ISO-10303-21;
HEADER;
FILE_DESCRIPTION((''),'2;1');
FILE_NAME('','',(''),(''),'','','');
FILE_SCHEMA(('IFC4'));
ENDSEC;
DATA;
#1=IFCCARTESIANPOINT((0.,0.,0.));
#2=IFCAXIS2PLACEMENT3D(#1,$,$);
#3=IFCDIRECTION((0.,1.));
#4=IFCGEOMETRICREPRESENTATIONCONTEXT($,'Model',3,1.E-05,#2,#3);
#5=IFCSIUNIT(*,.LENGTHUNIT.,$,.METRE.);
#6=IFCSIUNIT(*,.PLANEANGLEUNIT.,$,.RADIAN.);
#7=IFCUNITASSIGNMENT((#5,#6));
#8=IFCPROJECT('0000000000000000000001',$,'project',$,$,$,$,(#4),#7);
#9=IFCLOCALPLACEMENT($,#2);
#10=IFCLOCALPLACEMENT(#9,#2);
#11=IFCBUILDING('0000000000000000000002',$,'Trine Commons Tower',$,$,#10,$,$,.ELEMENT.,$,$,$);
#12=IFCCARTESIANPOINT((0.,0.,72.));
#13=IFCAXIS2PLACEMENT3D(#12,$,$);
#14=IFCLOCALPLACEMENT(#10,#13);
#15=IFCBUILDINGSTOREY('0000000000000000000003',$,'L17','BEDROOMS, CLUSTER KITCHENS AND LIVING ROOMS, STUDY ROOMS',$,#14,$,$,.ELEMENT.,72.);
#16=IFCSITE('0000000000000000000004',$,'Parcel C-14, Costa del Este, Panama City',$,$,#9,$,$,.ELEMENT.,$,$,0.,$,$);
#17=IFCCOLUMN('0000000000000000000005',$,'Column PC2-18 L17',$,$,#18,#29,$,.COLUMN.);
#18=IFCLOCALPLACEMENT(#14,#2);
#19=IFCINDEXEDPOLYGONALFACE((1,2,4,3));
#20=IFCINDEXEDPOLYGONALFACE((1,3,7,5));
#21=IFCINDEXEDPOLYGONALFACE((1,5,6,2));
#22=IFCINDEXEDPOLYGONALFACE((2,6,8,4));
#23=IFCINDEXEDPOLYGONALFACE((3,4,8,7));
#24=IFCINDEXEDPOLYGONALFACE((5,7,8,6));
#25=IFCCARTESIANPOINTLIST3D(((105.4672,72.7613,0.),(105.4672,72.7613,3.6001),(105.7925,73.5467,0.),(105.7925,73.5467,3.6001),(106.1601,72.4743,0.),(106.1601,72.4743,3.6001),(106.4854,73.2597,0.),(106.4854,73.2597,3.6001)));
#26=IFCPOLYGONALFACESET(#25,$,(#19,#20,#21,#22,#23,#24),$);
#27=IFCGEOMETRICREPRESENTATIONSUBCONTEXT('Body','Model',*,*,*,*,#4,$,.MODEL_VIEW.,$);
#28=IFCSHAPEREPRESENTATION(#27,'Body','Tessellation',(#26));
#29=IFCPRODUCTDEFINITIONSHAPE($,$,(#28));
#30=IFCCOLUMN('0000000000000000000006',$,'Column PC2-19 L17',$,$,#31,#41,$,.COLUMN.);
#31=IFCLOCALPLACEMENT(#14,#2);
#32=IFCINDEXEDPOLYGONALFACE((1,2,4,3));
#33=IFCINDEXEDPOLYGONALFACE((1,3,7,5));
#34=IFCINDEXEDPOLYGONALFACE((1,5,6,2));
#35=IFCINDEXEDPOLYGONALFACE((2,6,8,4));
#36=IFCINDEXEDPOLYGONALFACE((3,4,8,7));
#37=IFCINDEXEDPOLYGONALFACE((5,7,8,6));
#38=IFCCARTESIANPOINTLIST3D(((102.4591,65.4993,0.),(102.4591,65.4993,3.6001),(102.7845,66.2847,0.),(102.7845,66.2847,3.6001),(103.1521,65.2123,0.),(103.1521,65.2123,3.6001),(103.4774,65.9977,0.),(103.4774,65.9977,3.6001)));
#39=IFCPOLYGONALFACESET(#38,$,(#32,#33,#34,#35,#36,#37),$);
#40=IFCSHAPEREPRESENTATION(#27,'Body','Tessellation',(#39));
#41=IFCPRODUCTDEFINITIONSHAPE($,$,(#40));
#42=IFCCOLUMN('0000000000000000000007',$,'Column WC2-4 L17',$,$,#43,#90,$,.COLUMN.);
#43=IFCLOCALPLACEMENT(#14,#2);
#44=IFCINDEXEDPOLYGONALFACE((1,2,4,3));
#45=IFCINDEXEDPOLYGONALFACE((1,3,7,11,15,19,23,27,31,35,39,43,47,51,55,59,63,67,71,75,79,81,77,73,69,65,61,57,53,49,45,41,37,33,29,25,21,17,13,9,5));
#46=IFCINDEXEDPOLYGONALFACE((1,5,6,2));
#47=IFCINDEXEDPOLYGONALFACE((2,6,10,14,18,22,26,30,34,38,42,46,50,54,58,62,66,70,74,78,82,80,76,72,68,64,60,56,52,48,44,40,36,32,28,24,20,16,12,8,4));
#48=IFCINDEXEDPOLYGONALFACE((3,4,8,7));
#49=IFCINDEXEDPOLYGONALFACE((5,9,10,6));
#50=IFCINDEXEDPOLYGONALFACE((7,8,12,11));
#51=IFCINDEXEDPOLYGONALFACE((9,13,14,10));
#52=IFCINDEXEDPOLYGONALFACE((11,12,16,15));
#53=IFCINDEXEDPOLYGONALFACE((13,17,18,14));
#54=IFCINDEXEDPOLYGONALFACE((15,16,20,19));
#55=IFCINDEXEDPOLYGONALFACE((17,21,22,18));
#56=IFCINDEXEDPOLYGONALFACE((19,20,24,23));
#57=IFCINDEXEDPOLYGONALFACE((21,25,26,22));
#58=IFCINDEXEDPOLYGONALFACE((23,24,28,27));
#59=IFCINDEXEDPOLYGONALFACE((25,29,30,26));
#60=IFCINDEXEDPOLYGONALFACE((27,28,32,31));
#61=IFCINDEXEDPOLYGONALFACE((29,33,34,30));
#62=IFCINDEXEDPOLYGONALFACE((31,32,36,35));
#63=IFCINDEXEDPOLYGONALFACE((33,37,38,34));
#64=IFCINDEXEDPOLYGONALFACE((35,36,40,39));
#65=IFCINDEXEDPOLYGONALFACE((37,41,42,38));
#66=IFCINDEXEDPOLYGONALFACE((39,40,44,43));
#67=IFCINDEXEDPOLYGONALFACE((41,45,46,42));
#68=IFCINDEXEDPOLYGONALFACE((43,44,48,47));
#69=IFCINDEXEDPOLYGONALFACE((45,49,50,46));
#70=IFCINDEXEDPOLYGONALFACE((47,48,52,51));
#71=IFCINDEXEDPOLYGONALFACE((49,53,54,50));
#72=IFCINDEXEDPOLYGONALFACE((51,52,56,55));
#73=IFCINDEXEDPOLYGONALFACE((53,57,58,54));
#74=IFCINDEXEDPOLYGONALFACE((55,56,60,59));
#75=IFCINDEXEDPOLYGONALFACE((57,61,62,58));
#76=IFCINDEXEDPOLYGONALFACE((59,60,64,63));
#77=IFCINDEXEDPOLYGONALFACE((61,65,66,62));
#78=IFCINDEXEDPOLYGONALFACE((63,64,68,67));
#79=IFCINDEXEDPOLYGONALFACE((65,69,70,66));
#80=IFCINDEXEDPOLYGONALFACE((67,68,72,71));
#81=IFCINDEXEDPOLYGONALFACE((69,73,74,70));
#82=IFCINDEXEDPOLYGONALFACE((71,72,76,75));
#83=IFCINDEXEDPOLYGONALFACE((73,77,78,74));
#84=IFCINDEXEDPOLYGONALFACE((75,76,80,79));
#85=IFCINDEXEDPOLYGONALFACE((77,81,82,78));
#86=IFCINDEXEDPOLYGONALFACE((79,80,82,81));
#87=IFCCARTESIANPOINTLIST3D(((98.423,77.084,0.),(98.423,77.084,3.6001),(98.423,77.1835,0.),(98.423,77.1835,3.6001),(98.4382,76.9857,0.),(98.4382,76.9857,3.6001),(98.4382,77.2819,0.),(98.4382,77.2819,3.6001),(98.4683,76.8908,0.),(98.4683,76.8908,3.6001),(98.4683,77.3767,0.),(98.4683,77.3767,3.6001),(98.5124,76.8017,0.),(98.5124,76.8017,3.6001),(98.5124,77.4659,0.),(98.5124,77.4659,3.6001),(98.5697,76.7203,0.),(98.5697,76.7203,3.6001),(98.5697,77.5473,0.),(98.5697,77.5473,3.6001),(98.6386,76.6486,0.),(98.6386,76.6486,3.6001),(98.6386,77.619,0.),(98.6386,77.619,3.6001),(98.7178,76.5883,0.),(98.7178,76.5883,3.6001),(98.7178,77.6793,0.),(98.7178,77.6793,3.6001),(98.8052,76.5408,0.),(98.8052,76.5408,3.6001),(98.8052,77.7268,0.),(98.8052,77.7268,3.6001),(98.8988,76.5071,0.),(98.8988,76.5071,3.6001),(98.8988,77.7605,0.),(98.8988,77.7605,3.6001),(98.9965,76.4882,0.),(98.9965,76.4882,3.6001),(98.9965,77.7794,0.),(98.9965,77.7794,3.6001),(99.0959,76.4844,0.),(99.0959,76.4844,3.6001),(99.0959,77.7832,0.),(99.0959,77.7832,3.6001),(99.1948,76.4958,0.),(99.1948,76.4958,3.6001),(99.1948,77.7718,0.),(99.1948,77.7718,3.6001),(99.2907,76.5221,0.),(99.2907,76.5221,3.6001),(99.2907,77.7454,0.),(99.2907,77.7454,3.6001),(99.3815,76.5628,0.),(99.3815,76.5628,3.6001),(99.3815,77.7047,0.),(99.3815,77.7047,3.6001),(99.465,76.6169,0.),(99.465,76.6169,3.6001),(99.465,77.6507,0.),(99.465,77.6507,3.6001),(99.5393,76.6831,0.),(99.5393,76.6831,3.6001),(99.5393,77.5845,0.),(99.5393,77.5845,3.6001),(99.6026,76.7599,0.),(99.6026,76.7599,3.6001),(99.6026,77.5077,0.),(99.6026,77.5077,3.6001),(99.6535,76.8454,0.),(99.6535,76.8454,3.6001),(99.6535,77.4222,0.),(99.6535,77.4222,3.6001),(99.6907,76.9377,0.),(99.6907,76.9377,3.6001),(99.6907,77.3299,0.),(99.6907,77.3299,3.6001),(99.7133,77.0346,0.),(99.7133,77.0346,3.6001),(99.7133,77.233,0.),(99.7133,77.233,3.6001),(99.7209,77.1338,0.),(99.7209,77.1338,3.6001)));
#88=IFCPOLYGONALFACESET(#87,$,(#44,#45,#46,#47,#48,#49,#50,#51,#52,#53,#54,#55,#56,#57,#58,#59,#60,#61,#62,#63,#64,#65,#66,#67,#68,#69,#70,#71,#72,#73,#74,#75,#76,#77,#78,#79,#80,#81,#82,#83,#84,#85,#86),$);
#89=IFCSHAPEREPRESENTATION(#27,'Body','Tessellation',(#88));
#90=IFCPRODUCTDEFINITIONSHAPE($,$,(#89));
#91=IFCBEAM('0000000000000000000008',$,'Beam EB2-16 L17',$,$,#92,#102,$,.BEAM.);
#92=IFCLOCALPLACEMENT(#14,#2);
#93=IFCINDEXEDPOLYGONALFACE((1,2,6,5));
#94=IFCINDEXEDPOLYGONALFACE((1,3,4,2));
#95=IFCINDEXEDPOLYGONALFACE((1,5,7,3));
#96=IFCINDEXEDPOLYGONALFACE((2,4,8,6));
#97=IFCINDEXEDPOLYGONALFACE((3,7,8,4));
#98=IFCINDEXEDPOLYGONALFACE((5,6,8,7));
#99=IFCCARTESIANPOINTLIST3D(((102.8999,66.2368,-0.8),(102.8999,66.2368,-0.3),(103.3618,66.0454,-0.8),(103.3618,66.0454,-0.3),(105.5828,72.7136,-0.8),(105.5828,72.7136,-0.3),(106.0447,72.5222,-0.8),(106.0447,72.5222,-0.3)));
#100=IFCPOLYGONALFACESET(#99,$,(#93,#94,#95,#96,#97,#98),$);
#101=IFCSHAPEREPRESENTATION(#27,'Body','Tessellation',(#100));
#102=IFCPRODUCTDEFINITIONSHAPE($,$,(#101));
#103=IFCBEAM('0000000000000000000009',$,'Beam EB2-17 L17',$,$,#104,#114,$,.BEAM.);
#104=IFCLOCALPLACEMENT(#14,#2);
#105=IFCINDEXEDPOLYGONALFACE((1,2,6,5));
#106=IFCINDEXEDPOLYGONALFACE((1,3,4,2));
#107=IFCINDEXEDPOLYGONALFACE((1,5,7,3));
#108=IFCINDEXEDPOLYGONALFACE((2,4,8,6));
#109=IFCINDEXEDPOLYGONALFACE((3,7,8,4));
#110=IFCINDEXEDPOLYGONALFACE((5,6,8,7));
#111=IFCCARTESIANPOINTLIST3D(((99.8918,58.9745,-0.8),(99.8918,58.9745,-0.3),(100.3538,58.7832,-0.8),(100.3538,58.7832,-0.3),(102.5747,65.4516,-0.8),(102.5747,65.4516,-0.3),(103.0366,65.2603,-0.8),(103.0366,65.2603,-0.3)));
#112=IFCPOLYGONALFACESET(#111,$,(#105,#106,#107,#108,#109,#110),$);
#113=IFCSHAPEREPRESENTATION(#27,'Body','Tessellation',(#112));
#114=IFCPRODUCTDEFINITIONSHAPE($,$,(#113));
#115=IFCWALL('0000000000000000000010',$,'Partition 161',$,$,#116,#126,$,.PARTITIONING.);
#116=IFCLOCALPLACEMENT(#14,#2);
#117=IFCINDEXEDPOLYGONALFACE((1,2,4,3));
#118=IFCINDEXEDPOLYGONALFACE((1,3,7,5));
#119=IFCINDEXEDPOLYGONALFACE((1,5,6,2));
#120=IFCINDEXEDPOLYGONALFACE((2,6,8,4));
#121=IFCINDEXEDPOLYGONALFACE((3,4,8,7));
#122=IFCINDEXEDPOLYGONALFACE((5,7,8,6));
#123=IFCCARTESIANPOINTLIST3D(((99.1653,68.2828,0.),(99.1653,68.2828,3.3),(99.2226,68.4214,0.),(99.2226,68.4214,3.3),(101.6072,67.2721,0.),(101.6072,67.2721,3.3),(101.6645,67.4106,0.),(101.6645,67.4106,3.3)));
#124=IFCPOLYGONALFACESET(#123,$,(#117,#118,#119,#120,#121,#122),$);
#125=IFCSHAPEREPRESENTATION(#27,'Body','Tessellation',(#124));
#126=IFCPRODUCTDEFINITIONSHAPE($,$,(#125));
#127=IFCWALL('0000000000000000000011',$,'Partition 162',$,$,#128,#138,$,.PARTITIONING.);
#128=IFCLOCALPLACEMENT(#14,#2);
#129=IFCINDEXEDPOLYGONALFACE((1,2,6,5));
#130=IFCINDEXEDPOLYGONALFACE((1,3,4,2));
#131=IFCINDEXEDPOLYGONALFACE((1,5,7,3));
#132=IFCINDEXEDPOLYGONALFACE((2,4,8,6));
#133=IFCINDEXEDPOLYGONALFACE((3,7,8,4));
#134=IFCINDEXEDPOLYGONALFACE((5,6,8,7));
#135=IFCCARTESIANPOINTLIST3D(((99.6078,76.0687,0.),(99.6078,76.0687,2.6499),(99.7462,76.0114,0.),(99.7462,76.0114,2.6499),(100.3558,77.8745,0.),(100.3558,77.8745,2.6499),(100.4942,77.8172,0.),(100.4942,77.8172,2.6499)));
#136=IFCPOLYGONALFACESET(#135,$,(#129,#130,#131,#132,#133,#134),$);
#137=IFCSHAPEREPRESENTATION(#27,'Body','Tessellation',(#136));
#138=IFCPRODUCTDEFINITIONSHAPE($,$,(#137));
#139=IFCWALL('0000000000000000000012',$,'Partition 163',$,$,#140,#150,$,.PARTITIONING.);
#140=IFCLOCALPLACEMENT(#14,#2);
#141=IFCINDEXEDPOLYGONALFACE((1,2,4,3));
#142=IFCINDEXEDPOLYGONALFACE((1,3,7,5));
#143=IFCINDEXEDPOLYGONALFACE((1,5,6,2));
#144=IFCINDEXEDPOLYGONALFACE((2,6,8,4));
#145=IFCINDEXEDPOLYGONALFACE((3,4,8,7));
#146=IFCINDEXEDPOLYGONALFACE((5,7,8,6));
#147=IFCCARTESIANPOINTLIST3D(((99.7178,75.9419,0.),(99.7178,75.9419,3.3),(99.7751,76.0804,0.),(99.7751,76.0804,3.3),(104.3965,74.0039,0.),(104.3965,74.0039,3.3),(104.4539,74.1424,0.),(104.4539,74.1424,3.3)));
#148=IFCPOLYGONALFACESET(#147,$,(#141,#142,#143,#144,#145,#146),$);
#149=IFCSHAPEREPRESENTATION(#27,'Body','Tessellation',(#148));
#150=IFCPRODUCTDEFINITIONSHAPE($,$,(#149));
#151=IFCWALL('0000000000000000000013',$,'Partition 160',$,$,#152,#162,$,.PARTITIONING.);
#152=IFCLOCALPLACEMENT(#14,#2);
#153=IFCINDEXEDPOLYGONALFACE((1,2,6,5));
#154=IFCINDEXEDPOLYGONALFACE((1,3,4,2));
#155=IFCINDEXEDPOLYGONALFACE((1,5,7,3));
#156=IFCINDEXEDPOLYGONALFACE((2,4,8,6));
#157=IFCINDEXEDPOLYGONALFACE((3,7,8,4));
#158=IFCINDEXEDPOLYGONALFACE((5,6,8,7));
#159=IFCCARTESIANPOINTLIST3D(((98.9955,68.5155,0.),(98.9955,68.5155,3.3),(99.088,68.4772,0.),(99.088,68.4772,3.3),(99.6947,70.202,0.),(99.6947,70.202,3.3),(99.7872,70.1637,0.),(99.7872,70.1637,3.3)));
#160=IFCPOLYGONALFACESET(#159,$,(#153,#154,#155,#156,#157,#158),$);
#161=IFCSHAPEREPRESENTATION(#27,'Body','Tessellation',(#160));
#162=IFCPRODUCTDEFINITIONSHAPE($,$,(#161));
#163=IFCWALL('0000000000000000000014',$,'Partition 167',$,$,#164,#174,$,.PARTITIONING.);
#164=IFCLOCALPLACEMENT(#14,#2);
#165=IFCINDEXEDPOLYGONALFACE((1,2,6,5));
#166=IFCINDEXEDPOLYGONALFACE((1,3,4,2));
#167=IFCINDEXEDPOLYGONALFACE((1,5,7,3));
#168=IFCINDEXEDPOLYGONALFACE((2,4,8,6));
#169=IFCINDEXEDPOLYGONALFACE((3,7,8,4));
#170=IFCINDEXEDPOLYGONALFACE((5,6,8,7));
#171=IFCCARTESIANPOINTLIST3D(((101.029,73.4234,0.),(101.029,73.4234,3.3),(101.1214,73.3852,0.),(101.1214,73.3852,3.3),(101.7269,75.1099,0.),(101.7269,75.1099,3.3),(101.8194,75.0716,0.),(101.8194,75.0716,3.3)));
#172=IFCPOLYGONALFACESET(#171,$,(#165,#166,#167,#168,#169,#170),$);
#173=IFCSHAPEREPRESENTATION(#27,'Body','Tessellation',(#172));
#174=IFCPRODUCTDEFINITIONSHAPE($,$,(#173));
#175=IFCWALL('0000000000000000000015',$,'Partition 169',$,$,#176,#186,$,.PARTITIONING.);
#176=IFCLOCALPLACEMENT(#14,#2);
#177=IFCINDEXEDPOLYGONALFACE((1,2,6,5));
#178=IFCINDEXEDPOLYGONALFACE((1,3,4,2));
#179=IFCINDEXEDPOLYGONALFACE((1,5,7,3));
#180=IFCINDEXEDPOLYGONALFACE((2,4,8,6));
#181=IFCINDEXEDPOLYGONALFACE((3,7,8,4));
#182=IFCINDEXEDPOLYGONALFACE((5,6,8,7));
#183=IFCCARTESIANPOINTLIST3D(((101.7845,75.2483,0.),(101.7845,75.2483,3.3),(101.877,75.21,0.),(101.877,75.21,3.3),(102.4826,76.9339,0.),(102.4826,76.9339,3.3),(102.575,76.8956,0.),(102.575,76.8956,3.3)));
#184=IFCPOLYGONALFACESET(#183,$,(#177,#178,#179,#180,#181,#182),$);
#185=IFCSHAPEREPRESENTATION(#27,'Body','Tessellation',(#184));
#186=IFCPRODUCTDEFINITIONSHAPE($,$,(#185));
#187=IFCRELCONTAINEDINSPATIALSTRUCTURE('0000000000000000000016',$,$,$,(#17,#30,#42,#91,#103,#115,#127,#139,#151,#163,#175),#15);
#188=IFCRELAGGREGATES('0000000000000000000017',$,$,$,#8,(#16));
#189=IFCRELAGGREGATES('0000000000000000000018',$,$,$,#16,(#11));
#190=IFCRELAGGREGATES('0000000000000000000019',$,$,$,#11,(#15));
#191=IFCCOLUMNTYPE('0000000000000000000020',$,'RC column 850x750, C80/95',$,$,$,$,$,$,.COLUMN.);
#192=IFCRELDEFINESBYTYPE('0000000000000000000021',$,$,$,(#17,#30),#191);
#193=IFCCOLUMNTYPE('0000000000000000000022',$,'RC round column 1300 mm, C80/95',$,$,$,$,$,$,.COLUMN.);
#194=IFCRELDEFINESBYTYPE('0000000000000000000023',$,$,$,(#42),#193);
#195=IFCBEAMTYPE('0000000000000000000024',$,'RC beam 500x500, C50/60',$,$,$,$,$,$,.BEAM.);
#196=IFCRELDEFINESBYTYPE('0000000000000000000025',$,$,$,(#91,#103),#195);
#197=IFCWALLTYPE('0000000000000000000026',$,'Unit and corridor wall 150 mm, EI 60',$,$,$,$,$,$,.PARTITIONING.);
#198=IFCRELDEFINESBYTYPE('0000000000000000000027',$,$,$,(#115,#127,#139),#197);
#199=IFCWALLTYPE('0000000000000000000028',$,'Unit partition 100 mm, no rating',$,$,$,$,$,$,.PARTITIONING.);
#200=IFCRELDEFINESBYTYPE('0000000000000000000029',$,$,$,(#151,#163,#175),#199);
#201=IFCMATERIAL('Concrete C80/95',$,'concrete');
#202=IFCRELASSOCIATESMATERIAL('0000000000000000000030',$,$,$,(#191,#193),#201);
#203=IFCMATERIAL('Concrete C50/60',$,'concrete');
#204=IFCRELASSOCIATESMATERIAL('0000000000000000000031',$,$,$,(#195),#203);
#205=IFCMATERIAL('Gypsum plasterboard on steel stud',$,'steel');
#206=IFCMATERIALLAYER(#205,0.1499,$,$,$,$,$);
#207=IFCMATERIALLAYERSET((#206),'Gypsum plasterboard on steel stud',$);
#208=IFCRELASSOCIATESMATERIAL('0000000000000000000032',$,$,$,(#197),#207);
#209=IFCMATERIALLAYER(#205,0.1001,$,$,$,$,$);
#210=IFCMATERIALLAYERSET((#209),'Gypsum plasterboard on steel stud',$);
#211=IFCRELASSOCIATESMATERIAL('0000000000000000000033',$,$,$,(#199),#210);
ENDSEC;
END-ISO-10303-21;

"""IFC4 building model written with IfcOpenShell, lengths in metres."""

from ifc_helpers import new_model, si_unit, direction, frame, frame_2d, origin, origin_2d, place, context, subcontext, project, spatial, rectangle, circle, extrude, material, layer, layer_set, material_profile, profile_set, type_object, element, save


model = new_model("IFC4")

# Units and contexts
model_context = context("Model", 3, precision=1e-05, world=origin(), true_north=direction((0.0, 1.0)))
body_context = subcontext(model_context, "Body", "Model", "MODEL_VIEW")
ifc_project = project(units=[si_unit("LENGTHUNIT", "METRE"), si_unit("PLANEANGLEUNIT", "RADIAN")], contexts=[model_context])

# Site, building, storey
site_placement = place(None, origin())
site = spatial("IfcSite", under=ifc_project, at=site_placement, Name="Parcel C-14, Costa del Este, Panama City", CompositionType="ELEMENT", RefElevation=0.0)
building_placement = place(site_placement, origin())
building = spatial("IfcBuilding", under=site, at=building_placement, Name="Trine Commons Tower", CompositionType="ELEMENT")
storey_placement = place(building_placement, frame((0.0, 0.0, 72.0)))
storey = spatial("IfcBuildingStorey", under=building, at=storey_placement, Name="L17", Description="BEDROOMS, CLUSTER KITCHENS AND LIVING ROOMS, STUDY ROOMS", CompositionType="ELEMENT", Elevation=72.0)

# Columns
ifc_material_1 = material(Name="Concrete C80/95", Category="concrete")
ifc_material_profile_1 = material_profile(ifc_material_1, rectangle(XDim=0.8501, YDim=0.75, at=origin_2d()), Name="RC 850x750")
ifc_profile_set_1 = profile_set([ifc_material_profile_1], Name="Concrete C80/95")
column_type_1 = type_object("IfcColumnType", Name="RC column 850x750, C80/95", PredefinedType="COLUMN", material=ifc_profile_set_1)
for number, where, z_axis, x_axis, name in (
    (1, (105.9763, 73.0105, 0.0), (0.0, 0.0, 1.0), (0.382683, 0.92388, 0.0), "Column PC2-18 L17"),
    (2, (102.9683, 65.7485, 0.0), (0.0, 0.0, 1.0), (0.382683, 0.92388, 0.0), "Column PC2-19 L17"),
):
    element("IfcColumn", number, at=place(storey_placement, frame(where, z_axis=z_axis, x_axis=x_axis)), inside=storey, type_object=column_type_1, Name=name, PredefinedType="COLUMN", context=body_context, shape_type="SweptSolid", body=[
        extrude(rectangle(XDim=0.8501, YDim=0.75, at=origin_2d()), origin(), (0.0, 0.0, 1.0), 3.6001),
    ])
ifc_material_profile_2 = material_profile(ifc_material_1, circle(Radius=0.6499, at=origin_2d()), Name="RC round 1300")
ifc_profile_set_2 = profile_set([ifc_material_profile_2], Name="Concrete C80/95")
column_type_2 = type_object("IfcColumnType", Name="RC round column 1300 mm, C80/95", PredefinedType="COLUMN", material=ifc_profile_set_2)
column_placement = place(storey_placement, frame((99.071, 77.1338, 0.0), z_axis=(0.0, 0.0, 1.0), x_axis=(1.0, 0.0, 0.0)))
element("IfcColumn", 3, at=column_placement, inside=storey, type_object=column_type_2, Name="Column WC2-4 L17", PredefinedType="COLUMN", context=body_context, shape_type="SweptSolid", body=[
    extrude(circle(Radius=0.6499, at=origin_2d()), origin(), (0.0, 0.0, 1.0), 3.6001),
])

# Beams
ifc_material_2 = material(Name="Concrete C50/60", Category="concrete")
ifc_material_profile_3 = material_profile(ifc_material_2, rectangle(XDim=0.5, YDim=0.5, at=origin_2d()), Name="RC 500x500")
ifc_profile_set_3 = profile_set([ifc_material_profile_3], Name="Concrete C50/60")
beam_type = type_object("IfcBeamType", Name="RC beam 500x500, C50/60", PredefinedType="BEAM", material=ifc_profile_set_3)
beam_1_placement = place(storey_placement, frame((105.8137, 72.6179, -0.55), z_axis=(-0.382693, -0.923875, 0.0), x_axis=(0.923875, -0.382693, 0.0)))
element("IfcBeam", 4, at=beam_1_placement, inside=storey, type_object=beam_type, Name="Beam EB2-16 L17", PredefinedType="BEAM", context=body_context, shape_type="SweptSolid", body=[
    extrude(rectangle(XDim=0.5, YDim=0.5, at=origin_2d()), origin(), (0.0, 0.0, 1.0), 7.0105),
])
beam_2_placement = place(storey_placement, frame((102.8057, 65.356, -0.55), z_axis=(-0.382681, -0.923881, 0.0), x_axis=(0.923881, -0.382681, 0.0)))
element("IfcBeam", 5, at=beam_2_placement, inside=storey, type_object=beam_type, Name="Beam EB2-17 L17", PredefinedType="BEAM", context=body_context, shape_type="SweptSolid", body=[
    extrude(rectangle(XDim=0.5, YDim=0.5, at=origin_2d()), origin(), (0.0, 0.0, 1.0), 7.0107),
])

# Walls
ifc_material_3 = material(Name="Gypsum plasterboard on steel stud", Category="steel")
ifc_layer_1 = layer(ifc_material_3, 0.1499)
ifc_layer_set_1 = layer_set([ifc_layer_1], Name="Gypsum plasterboard on steel stud")
wall_type_1 = type_object("IfcWallType", Name="Unit and corridor wall 150 mm, EI 60", PredefinedType="PARTITIONING", material=ifc_layer_set_1)
wall_1_placement = place(storey_placement, frame((99.1941, 68.3521, 0.0), z_axis=(0.0, 0.0, 1.0), x_axis=(0.923976, -0.38245, 0.0)))
element("IfcWall", 6, at=wall_1_placement, inside=storey, type_object=wall_type_1, Name="Partition 161", PredefinedType="PARTITIONING", context=body_context, shape_type="SweptSolid", body=[
    extrude(rectangle(XDim=2.6428, YDim=0.1499, at=frame_2d((1.3213, 0.0))), origin(), (0.0, 0.0, 1.0), 3.3),
])
wall_2_placement = place(storey_placement, frame((99.677, 76.04, 0.0), z_axis=(0.0, 0.0, 1.0), x_axis=(0.38269, 0.923877, 0.0)))
element("IfcWall", 7, at=wall_2_placement, inside=storey, type_object=wall_type_1, Name="Partition 162", PredefinedType="PARTITIONING", context=body_context, shape_type="SweptSolid", body=[
    extrude(rectangle(XDim=1.9546, YDim=0.1499, at=frame_2d((0.9773, 0.0))), origin(), (0.0, 0.0, 1.0), 2.6499),
])
wall_3_placement = place(storey_placement, frame((99.7463, 76.0112, 0.0), z_axis=(0.0, 0.0, 1.0), x_axis=(0.923879, -0.382684, 0.0)))
element("IfcWall", 8, at=wall_3_placement, inside=storey, type_object=wall_type_1, Name="Partition 163", PredefinedType="PARTITIONING", context=body_context, shape_type="SweptSolid", body=[
    extrude(rectangle(XDim=5.0642, YDim=0.1499, at=frame_2d((2.5322, 0.0))), origin(), (0.0, 0.0, 1.0), 3.3),
])
ifc_layer_2 = layer(ifc_material_3, 0.1001)
ifc_layer_set_2 = layer_set([ifc_layer_2], Name="Gypsum plasterboard on steel stud")
wall_type_2 = type_object("IfcWallType", Name="Unit partition 100 mm, no rating", PredefinedType="PARTITIONING", material=ifc_layer_set_2)
wall_4_placement = place(storey_placement, frame((99.0417, 68.4963, 0.0), z_axis=(0.0, 0.0, 1.0), x_axis=(0.382982, 0.923756, 0.0)))
element("IfcWall", 9, at=wall_4_placement, inside=storey, type_object=wall_type_2, Name="Partition 160", PredefinedType="PARTITIONING", context=body_context, shape_type="SweptSolid", body=[
    extrude(rectangle(XDim=1.8257, YDim=0.1001, at=frame_2d((0.9128, 0.0))), origin(), (0.0, 0.0, 1.0), 3.3),
])
wall_5_placement = place(storey_placement, frame((101.0752, 73.4043, 0.0), z_axis=(0.0, 0.0, 1.0), x_axis=(0.382411, 0.923992, 0.0)))
element("IfcWall", 10, at=wall_5_placement, inside=storey, type_object=wall_type_2, Name="Partition 167", PredefinedType="PARTITIONING", context=body_context, shape_type="SweptSolid", body=[
    extrude(rectangle(XDim=1.8252, YDim=0.1001, at=frame_2d((0.9126, 0.0))), origin(), (0.0, 0.0, 1.0), 3.3),
])
wall_6_placement = place(storey_placement, frame((101.8308, 75.2292, 0.0), z_axis=(0.0, 0.0, 1.0), x_axis=(0.3826, 0.923914, 0.0)))
element("IfcWall", 11, at=wall_6_placement, inside=storey, type_object=wall_type_2, Name="Partition 169", PredefinedType="PARTITIONING", context=body_context, shape_type="SweptSolid", body=[
    extrude(rectangle(XDim=1.8245, YDim=0.1001, at=frame_2d((0.9121, 0.0))), origin(), (0.0, 0.0, 1.0), 3.3),
])

save(model, "model.ifc")
